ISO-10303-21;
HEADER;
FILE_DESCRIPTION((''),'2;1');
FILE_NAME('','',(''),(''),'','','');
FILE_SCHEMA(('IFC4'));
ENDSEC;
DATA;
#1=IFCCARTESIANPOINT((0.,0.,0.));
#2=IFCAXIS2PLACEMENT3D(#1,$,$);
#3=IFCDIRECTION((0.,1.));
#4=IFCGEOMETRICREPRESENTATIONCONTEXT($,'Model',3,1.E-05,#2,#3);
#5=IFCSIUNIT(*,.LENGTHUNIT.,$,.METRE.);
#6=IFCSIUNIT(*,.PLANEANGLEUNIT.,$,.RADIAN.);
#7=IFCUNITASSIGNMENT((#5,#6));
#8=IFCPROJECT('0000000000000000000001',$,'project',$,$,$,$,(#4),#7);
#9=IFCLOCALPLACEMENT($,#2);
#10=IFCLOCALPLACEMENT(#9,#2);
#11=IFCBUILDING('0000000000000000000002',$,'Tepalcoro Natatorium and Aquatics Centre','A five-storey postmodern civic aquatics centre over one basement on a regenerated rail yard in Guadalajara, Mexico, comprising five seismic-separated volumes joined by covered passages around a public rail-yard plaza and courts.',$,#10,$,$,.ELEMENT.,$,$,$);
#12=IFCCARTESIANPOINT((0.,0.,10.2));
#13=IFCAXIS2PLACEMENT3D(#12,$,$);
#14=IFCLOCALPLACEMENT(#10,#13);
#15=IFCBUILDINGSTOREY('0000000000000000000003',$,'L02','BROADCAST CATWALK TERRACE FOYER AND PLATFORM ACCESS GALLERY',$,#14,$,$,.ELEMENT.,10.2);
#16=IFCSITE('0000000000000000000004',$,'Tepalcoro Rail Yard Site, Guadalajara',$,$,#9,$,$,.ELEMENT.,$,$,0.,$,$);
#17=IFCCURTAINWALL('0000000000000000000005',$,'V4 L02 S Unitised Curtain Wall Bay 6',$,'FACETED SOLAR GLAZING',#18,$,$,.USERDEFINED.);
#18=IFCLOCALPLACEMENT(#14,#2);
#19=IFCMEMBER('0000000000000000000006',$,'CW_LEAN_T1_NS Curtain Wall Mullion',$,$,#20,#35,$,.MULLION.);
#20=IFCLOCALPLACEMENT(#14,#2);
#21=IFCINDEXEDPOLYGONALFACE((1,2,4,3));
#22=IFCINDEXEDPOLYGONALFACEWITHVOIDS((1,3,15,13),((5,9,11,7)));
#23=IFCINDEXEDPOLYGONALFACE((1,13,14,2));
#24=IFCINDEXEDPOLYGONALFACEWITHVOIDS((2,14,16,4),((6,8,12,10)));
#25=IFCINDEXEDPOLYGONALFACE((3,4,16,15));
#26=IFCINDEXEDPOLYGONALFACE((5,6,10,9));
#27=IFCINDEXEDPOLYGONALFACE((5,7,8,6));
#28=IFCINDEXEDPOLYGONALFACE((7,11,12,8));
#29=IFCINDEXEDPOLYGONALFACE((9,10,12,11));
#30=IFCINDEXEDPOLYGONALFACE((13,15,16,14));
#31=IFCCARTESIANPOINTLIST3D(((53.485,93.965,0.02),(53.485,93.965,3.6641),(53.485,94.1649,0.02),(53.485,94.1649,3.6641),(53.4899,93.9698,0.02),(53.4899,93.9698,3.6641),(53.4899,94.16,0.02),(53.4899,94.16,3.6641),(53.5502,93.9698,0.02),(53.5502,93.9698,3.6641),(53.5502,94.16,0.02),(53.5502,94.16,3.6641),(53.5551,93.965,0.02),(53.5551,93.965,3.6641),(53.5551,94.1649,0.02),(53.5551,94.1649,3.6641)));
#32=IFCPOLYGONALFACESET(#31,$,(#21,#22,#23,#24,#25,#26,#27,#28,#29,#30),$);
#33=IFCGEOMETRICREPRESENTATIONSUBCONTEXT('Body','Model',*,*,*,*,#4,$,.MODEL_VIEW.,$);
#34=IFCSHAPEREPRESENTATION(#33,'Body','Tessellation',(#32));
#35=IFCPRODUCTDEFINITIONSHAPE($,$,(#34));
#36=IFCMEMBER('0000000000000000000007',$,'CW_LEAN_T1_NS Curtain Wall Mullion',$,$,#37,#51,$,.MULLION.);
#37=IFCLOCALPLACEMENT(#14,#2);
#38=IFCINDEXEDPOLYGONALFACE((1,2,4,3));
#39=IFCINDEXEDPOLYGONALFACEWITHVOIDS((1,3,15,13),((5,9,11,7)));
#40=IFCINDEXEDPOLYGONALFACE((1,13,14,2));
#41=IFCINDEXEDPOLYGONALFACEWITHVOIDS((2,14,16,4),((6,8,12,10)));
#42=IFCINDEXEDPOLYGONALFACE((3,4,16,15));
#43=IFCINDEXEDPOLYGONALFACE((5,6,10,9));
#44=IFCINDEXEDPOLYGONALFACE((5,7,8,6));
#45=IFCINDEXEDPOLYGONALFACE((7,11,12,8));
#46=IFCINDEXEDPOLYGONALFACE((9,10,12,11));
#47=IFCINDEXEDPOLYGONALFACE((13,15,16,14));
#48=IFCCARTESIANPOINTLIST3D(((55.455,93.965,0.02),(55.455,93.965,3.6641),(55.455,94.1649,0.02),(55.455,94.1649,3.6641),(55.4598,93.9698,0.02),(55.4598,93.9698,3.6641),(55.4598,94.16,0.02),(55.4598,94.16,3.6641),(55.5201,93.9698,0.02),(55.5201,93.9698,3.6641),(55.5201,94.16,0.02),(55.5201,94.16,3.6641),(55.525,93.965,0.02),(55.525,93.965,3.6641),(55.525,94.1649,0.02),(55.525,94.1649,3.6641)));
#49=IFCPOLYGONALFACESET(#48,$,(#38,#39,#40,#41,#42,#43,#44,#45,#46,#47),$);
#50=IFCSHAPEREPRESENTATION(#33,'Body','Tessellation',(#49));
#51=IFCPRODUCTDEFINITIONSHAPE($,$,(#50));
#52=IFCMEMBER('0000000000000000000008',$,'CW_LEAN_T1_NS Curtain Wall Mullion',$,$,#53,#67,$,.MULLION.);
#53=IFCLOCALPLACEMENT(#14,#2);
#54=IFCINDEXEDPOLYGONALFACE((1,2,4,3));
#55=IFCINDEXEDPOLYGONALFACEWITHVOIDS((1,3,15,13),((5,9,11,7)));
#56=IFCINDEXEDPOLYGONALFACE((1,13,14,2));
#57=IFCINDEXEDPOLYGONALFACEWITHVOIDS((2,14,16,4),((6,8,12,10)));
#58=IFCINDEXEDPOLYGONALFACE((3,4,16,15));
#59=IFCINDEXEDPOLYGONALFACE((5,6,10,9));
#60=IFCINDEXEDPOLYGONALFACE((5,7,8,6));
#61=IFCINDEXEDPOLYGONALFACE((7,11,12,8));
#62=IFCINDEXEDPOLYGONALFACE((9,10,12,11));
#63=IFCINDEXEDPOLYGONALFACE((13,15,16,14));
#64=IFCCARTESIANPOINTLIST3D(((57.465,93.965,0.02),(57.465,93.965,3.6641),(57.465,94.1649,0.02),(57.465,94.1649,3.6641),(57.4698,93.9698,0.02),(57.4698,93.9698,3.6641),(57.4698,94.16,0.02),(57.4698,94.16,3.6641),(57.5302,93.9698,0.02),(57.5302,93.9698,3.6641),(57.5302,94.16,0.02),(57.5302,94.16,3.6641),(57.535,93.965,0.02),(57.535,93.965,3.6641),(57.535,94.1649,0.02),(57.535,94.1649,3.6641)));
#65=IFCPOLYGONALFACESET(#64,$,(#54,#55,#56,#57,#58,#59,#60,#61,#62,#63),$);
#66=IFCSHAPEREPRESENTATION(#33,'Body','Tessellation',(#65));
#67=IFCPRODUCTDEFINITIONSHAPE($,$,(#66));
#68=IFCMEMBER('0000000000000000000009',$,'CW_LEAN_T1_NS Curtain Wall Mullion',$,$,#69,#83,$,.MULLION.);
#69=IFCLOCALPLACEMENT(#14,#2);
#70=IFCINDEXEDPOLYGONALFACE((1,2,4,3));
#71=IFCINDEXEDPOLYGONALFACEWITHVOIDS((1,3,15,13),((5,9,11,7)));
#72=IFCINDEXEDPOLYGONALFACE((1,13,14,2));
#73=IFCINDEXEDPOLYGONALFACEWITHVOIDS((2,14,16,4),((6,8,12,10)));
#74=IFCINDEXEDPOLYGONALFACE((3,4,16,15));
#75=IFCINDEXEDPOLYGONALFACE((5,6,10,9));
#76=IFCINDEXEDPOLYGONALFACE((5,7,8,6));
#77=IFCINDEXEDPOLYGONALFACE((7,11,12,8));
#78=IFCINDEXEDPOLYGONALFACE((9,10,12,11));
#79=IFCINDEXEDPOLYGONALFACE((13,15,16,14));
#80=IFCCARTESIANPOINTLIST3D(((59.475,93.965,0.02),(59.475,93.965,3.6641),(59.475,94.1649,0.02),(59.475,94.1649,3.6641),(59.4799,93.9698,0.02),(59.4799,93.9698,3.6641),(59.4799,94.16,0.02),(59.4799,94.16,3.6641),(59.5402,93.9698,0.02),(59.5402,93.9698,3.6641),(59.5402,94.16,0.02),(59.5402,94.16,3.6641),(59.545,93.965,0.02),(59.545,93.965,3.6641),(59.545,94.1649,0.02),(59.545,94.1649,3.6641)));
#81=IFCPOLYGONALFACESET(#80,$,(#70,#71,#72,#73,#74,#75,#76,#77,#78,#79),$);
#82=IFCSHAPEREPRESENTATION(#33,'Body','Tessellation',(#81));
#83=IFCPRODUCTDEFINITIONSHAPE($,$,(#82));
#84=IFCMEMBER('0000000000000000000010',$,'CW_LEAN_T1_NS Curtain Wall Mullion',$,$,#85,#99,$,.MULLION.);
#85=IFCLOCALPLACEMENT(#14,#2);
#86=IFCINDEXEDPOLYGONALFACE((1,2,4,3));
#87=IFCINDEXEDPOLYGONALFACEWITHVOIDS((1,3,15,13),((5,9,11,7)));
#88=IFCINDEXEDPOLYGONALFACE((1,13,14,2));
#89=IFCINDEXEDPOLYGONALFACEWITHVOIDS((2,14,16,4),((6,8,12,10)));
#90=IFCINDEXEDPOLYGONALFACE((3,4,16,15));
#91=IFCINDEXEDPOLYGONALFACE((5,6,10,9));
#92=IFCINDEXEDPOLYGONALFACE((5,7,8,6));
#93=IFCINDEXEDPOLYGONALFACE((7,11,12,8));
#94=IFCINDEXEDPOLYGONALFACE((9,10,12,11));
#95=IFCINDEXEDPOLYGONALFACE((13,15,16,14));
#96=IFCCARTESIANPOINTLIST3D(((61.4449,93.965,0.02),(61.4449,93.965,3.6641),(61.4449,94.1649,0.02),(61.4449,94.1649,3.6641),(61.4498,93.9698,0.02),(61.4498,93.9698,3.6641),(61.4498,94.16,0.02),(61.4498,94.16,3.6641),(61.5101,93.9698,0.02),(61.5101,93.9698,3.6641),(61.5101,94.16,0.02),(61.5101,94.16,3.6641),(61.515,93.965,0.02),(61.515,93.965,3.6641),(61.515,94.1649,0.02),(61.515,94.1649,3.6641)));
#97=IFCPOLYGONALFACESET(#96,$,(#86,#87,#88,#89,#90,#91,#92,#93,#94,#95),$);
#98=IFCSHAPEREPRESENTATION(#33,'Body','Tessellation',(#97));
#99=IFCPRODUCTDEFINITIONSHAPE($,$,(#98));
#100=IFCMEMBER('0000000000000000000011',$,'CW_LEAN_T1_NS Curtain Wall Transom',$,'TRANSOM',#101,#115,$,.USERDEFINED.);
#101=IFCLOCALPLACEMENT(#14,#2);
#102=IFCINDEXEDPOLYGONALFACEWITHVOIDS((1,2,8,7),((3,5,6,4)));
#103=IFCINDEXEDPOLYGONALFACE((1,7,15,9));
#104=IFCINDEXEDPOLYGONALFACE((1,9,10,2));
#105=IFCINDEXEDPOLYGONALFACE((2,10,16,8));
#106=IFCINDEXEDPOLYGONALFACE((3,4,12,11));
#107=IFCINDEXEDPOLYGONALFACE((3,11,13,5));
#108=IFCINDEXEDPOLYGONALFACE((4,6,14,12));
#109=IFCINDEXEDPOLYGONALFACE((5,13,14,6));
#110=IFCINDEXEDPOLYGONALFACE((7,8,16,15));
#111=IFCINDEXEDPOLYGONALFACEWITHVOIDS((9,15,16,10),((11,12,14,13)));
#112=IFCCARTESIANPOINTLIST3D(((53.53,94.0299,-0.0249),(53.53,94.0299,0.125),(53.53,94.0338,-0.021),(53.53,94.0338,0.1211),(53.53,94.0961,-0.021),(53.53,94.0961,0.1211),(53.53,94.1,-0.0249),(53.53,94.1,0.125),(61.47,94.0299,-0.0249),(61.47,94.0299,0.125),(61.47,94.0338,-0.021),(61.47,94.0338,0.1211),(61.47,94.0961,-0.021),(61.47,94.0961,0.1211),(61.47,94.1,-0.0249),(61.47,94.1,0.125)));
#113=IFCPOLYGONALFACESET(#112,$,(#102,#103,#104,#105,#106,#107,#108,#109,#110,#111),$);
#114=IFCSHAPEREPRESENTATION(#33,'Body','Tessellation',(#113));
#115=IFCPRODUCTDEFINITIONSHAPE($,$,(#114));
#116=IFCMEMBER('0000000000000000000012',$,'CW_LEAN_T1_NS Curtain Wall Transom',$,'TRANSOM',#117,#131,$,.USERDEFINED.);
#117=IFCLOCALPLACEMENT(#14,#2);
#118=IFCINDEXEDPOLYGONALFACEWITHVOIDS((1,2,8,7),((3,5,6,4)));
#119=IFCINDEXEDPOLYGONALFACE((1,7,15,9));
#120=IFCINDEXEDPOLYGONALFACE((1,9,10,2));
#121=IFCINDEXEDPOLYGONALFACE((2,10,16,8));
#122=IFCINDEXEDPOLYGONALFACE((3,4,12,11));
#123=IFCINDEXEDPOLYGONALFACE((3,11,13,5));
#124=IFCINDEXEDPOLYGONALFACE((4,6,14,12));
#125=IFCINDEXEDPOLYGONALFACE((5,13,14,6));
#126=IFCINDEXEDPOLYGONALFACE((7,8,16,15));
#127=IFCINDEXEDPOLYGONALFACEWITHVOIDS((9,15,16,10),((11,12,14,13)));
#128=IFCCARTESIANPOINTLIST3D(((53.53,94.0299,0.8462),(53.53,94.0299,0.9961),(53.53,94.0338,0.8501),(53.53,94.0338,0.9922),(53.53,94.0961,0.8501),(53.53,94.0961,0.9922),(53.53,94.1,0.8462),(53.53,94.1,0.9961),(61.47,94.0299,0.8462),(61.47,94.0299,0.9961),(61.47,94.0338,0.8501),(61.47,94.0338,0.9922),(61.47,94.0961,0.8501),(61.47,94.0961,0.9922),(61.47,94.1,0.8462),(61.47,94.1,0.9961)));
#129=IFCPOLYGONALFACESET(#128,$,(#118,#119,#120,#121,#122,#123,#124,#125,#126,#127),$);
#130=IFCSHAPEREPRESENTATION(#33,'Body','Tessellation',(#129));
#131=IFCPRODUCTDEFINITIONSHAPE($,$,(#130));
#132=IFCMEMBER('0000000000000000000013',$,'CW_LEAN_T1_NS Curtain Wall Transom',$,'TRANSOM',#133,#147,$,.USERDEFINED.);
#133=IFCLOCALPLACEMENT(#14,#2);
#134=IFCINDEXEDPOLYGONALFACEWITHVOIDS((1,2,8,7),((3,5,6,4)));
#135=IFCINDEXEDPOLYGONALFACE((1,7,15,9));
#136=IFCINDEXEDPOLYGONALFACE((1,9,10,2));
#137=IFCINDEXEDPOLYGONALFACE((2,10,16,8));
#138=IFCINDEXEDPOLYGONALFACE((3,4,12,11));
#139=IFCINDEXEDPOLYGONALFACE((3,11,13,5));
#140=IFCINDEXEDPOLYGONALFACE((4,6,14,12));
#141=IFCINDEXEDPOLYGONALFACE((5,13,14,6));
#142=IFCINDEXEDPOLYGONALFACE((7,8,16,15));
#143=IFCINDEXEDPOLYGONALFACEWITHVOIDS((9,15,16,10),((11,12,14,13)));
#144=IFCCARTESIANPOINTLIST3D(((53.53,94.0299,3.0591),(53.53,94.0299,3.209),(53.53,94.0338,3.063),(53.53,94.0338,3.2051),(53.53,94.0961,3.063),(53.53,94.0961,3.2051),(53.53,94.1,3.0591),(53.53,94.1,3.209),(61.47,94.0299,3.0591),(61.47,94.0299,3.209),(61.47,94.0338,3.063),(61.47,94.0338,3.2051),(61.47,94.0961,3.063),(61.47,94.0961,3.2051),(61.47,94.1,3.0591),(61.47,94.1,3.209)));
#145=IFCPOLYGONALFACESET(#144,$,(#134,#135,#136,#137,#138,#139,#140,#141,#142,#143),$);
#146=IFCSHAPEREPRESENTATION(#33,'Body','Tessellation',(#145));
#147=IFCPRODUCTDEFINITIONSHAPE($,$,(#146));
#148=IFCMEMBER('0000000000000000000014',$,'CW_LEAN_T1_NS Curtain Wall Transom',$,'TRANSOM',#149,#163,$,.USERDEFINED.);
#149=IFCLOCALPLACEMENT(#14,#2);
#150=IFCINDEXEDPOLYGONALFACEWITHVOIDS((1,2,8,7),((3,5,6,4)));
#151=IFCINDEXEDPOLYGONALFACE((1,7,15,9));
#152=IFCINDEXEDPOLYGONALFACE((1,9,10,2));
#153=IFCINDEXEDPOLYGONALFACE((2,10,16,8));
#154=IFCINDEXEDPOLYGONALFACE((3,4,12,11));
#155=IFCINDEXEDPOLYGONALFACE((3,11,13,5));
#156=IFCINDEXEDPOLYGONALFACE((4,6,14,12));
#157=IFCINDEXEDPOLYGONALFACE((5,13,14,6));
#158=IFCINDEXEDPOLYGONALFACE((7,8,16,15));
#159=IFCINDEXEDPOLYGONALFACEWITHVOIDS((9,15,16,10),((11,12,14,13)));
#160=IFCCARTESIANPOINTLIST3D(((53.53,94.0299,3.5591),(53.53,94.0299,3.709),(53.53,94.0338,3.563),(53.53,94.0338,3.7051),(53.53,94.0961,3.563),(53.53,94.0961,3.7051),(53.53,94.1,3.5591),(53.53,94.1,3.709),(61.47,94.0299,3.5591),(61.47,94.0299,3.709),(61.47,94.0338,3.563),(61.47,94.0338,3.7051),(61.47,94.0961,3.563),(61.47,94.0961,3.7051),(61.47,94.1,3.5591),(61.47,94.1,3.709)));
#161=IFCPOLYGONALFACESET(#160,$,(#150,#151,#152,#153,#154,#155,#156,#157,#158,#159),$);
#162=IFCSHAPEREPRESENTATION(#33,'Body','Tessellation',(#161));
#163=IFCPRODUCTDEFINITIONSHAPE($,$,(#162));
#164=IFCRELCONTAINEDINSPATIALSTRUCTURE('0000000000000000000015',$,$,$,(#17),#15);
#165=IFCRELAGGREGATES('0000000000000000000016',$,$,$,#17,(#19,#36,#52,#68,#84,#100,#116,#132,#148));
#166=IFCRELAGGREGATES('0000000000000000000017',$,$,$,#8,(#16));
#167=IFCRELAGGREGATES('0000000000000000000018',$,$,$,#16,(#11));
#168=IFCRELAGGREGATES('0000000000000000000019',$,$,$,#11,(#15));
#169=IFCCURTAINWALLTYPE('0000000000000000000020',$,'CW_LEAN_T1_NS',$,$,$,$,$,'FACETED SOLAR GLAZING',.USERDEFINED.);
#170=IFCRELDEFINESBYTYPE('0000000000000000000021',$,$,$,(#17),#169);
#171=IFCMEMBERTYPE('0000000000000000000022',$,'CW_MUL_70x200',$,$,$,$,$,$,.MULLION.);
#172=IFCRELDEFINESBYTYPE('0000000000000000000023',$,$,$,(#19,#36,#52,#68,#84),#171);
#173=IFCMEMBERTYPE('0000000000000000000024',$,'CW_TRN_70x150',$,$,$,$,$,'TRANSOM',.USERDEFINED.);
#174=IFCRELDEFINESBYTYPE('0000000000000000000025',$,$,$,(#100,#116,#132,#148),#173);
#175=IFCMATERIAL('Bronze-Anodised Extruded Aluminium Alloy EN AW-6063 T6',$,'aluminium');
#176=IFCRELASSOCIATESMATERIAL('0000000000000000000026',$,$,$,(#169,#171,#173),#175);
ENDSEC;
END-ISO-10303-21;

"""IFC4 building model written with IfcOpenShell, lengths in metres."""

from ifc_helpers import new_model, si_unit, direction, frame, origin, origin_2d, place, context, subcontext, project, spatial, hollow_rectangle, extrude, material, material_profile, profile_set, type_object, element, aggregate, save


model = new_model("IFC4")

# Units and contexts
model_context = context("Model", 3, precision=1e-05, world=origin(), true_north=direction((0.0, 1.0)))
body_context = subcontext(model_context, "Body", "Model", "MODEL_VIEW")
ifc_project = project(units=[si_unit("LENGTHUNIT", "METRE"), si_unit("PLANEANGLEUNIT", "RADIAN")], contexts=[model_context])

# Site, building, storey
site_placement = place(None, origin())
site = spatial("IfcSite", under=ifc_project, at=site_placement, Name="Tepalcoro Rail Yard Site, Guadalajara", CompositionType="ELEMENT", RefElevation=0.0)
building_placement = place(site_placement, origin())
building = spatial("IfcBuilding", under=site, at=building_placement, Name="Tepalcoro Natatorium and Aquatics Centre", Description="A five-storey postmodern civic aquatics centre over one basement on a regenerated rail yard in Guadalajara, Mexico, comprising five seismic-separated volumes joined by covered passages around a public rail-yard plaza and courts.", CompositionType="ELEMENT")
storey_placement = place(building_placement, frame((0.0, 0.0, 10.2)))
storey = spatial("IfcBuildingStorey", under=building, at=storey_placement, Name="L02", Description="BROADCAST CATWALK TERRACE FOYER AND PLATFORM ACCESS GALLERY", CompositionType="ELEMENT", Elevation=10.2)

# Curtain wall, members
ifc_material_1 = material(Name="Bronze-Anodised Extruded Aluminium Alloy EN AW-6063 T6", Category="aluminium")
curtain_wall_type = type_object("IfcCurtainWallType", Name="CW_LEAN_T1_NS", ElementType="FACETED SOLAR GLAZING", PredefinedType="USERDEFINED", material=ifc_material_1)
curtain_wall_placement = place(storey_placement, origin())
curtain_wall = element("IfcCurtainWall", 1, at=curtain_wall_placement, inside=storey, type_object=curtain_wall_type, Name="V4 L02 S Unitised Curtain Wall Bay 6", ObjectType="FACETED SOLAR GLAZING", PredefinedType="USERDEFINED")
ifc_material_profile_1 = material_profile(ifc_material_1, hollow_rectangle(XDim=0.0701, YDim=0.2, WallThickness=0.0049, at=origin_2d()), Name="AL70X200X5")
ifc_profile_set_1 = profile_set([ifc_material_profile_1], Name="Bronze-Anodised Extruded Aluminium Alloy EN AW-6063 T6")
member_type_1 = type_object("IfcMemberType", Name="CW_MUL_70x200", PredefinedType="MULLION", material=ifc_profile_set_1)
member_1_placement = place(storey_placement, frame((53.52, 94.0649, 0.02), z_axis=(0.0, 0.0, 1.0), x_axis=(1.0, 0.0, 0.0)))
member_1 = element("IfcMember", 2, at=member_1_placement, type_object=member_type_1, Name="CW_LEAN_T1_NS Curtain Wall Mullion", PredefinedType="MULLION", context=body_context, shape_type="SweptSolid", body=[
    extrude(hollow_rectangle(XDim=0.0701, YDim=0.2, WallThickness=0.0049, at=origin_2d()), origin(), (0.0, 0.0, 1.0), 3.644),
])
member_2_placement = place(storey_placement, frame((55.49, 94.0649, 0.02), z_axis=(0.0, 0.0, 1.0), x_axis=(1.0, 0.0, 0.0)))
member_2 = element("IfcMember", 3, at=member_2_placement, type_object=member_type_1, Name="CW_LEAN_T1_NS Curtain Wall Mullion", PredefinedType="MULLION", context=body_context, shape_type="SweptSolid", body=[
    extrude(hollow_rectangle(XDim=0.0701, YDim=0.2, WallThickness=0.0049, at=origin_2d()), origin(), (0.0, 0.0, 1.0), 3.644),
])
member_3_placement = place(storey_placement, frame((57.5, 94.0649, 0.02), z_axis=(0.0, 0.0, 1.0), x_axis=(1.0, 0.0, 0.0)))
member_3 = element("IfcMember", 4, at=member_3_placement, type_object=member_type_1, Name="CW_LEAN_T1_NS Curtain Wall Mullion", PredefinedType="MULLION", context=body_context, shape_type="SweptSolid", body=[
    extrude(hollow_rectangle(XDim=0.0701, YDim=0.2, WallThickness=0.0049, at=origin_2d()), origin(), (0.0, 0.0, 1.0), 3.644),
])
member_4_placement = place(storey_placement, frame((59.51, 94.0649, 0.02), z_axis=(0.0, 0.0, 1.0), x_axis=(1.0, 0.0, 0.0)))
member_4 = element("IfcMember", 5, at=member_4_placement, type_object=member_type_1, Name="CW_LEAN_T1_NS Curtain Wall Mullion", PredefinedType="MULLION", context=body_context, shape_type="SweptSolid", body=[
    extrude(hollow_rectangle(XDim=0.0701, YDim=0.2, WallThickness=0.0049, at=origin_2d()), origin(), (0.0, 0.0, 1.0), 3.644),
])
member_5_placement = place(storey_placement, frame((61.48, 94.0649, 0.02), z_axis=(0.0, 0.0, 1.0), x_axis=(1.0, 0.0, 0.0)))
member_5 = element("IfcMember", 6, at=member_5_placement, type_object=member_type_1, Name="CW_LEAN_T1_NS Curtain Wall Mullion", PredefinedType="MULLION", context=body_context, shape_type="SweptSolid", body=[
    extrude(hollow_rectangle(XDim=0.0701, YDim=0.2, WallThickness=0.0049, at=origin_2d()), origin(), (0.0, 0.0, 1.0), 3.644),
])
ifc_material_profile_2 = material_profile(ifc_material_1, hollow_rectangle(XDim=0.0701, YDim=0.1499, WallThickness=0.0039, at=origin_2d()), Name="AL70X150X4")
ifc_profile_set_2 = profile_set([ifc_material_profile_2], Name="Bronze-Anodised Extruded Aluminium Alloy EN AW-6063 T6")
member_type_2 = type_object("IfcMemberType", Name="CW_TRN_70x150", ElementType="TRANSOM", PredefinedType="USERDEFINED", material=ifc_profile_set_2)
member_6_placement = place(storey_placement, frame((53.53, 94.0649, 0.05), z_axis=(1.0, 0.0, 0.0), x_axis=(0.0, 1.0, 0.0)))
member_6 = element("IfcMember", 7, at=member_6_placement, type_object=member_type_2, Name="CW_LEAN_T1_NS Curtain Wall Transom", ObjectType="TRANSOM", PredefinedType="USERDEFINED", context=body_context, shape_type="SweptSolid", body=[
    extrude(hollow_rectangle(XDim=0.0701, YDim=0.1499, WallThickness=0.0039, at=origin_2d()), origin(), (0.0, 0.0, 1.0), 7.9399),
])
member_7_placement = place(storey_placement, frame((53.53, 94.0649, 0.9211), z_axis=(1.0, 0.0, 0.0), x_axis=(0.0, 1.0, 0.0)))
member_7 = element("IfcMember", 8, at=member_7_placement, type_object=member_type_2, Name="CW_LEAN_T1_NS Curtain Wall Transom", ObjectType="TRANSOM", PredefinedType="USERDEFINED", context=body_context, shape_type="SweptSolid", body=[
    extrude(hollow_rectangle(XDim=0.0701, YDim=0.1499, WallThickness=0.0039, at=origin_2d()), origin(), (0.0, 0.0, 1.0), 7.9399),
])
member_8_placement = place(storey_placement, frame((53.53, 94.0649, 3.134), z_axis=(1.0, 0.0, 0.0), x_axis=(0.0, 1.0, 0.0)))
member_8 = element("IfcMember", 9, at=member_8_placement, type_object=member_type_2, Name="CW_LEAN_T1_NS Curtain Wall Transom", ObjectType="TRANSOM", PredefinedType="USERDEFINED", context=body_context, shape_type="SweptSolid", body=[
    extrude(hollow_rectangle(XDim=0.0701, YDim=0.1499, WallThickness=0.0039, at=origin_2d()), origin(), (0.0, 0.0, 1.0), 7.9399),
])
member_9_placement = place(storey_placement, frame((53.53, 94.0649, 3.634), z_axis=(1.0, 0.0, 0.0), x_axis=(0.0, 1.0, 0.0)))
member_9 = element("IfcMember", 10, at=member_9_placement, type_object=member_type_2, Name="CW_LEAN_T1_NS Curtain Wall Transom", ObjectType="TRANSOM", PredefinedType="USERDEFINED", context=body_context, shape_type="SweptSolid", body=[
    extrude(hollow_rectangle(XDim=0.0701, YDim=0.1499, WallThickness=0.0039, at=origin_2d()), origin(), (0.0, 0.0, 1.0), 7.9399),
])

aggregate(curtain_wall, [member_1, member_2, member_3, member_4, member_5, member_6, member_7, member_8, member_9])

save(model, "model.ifc")
